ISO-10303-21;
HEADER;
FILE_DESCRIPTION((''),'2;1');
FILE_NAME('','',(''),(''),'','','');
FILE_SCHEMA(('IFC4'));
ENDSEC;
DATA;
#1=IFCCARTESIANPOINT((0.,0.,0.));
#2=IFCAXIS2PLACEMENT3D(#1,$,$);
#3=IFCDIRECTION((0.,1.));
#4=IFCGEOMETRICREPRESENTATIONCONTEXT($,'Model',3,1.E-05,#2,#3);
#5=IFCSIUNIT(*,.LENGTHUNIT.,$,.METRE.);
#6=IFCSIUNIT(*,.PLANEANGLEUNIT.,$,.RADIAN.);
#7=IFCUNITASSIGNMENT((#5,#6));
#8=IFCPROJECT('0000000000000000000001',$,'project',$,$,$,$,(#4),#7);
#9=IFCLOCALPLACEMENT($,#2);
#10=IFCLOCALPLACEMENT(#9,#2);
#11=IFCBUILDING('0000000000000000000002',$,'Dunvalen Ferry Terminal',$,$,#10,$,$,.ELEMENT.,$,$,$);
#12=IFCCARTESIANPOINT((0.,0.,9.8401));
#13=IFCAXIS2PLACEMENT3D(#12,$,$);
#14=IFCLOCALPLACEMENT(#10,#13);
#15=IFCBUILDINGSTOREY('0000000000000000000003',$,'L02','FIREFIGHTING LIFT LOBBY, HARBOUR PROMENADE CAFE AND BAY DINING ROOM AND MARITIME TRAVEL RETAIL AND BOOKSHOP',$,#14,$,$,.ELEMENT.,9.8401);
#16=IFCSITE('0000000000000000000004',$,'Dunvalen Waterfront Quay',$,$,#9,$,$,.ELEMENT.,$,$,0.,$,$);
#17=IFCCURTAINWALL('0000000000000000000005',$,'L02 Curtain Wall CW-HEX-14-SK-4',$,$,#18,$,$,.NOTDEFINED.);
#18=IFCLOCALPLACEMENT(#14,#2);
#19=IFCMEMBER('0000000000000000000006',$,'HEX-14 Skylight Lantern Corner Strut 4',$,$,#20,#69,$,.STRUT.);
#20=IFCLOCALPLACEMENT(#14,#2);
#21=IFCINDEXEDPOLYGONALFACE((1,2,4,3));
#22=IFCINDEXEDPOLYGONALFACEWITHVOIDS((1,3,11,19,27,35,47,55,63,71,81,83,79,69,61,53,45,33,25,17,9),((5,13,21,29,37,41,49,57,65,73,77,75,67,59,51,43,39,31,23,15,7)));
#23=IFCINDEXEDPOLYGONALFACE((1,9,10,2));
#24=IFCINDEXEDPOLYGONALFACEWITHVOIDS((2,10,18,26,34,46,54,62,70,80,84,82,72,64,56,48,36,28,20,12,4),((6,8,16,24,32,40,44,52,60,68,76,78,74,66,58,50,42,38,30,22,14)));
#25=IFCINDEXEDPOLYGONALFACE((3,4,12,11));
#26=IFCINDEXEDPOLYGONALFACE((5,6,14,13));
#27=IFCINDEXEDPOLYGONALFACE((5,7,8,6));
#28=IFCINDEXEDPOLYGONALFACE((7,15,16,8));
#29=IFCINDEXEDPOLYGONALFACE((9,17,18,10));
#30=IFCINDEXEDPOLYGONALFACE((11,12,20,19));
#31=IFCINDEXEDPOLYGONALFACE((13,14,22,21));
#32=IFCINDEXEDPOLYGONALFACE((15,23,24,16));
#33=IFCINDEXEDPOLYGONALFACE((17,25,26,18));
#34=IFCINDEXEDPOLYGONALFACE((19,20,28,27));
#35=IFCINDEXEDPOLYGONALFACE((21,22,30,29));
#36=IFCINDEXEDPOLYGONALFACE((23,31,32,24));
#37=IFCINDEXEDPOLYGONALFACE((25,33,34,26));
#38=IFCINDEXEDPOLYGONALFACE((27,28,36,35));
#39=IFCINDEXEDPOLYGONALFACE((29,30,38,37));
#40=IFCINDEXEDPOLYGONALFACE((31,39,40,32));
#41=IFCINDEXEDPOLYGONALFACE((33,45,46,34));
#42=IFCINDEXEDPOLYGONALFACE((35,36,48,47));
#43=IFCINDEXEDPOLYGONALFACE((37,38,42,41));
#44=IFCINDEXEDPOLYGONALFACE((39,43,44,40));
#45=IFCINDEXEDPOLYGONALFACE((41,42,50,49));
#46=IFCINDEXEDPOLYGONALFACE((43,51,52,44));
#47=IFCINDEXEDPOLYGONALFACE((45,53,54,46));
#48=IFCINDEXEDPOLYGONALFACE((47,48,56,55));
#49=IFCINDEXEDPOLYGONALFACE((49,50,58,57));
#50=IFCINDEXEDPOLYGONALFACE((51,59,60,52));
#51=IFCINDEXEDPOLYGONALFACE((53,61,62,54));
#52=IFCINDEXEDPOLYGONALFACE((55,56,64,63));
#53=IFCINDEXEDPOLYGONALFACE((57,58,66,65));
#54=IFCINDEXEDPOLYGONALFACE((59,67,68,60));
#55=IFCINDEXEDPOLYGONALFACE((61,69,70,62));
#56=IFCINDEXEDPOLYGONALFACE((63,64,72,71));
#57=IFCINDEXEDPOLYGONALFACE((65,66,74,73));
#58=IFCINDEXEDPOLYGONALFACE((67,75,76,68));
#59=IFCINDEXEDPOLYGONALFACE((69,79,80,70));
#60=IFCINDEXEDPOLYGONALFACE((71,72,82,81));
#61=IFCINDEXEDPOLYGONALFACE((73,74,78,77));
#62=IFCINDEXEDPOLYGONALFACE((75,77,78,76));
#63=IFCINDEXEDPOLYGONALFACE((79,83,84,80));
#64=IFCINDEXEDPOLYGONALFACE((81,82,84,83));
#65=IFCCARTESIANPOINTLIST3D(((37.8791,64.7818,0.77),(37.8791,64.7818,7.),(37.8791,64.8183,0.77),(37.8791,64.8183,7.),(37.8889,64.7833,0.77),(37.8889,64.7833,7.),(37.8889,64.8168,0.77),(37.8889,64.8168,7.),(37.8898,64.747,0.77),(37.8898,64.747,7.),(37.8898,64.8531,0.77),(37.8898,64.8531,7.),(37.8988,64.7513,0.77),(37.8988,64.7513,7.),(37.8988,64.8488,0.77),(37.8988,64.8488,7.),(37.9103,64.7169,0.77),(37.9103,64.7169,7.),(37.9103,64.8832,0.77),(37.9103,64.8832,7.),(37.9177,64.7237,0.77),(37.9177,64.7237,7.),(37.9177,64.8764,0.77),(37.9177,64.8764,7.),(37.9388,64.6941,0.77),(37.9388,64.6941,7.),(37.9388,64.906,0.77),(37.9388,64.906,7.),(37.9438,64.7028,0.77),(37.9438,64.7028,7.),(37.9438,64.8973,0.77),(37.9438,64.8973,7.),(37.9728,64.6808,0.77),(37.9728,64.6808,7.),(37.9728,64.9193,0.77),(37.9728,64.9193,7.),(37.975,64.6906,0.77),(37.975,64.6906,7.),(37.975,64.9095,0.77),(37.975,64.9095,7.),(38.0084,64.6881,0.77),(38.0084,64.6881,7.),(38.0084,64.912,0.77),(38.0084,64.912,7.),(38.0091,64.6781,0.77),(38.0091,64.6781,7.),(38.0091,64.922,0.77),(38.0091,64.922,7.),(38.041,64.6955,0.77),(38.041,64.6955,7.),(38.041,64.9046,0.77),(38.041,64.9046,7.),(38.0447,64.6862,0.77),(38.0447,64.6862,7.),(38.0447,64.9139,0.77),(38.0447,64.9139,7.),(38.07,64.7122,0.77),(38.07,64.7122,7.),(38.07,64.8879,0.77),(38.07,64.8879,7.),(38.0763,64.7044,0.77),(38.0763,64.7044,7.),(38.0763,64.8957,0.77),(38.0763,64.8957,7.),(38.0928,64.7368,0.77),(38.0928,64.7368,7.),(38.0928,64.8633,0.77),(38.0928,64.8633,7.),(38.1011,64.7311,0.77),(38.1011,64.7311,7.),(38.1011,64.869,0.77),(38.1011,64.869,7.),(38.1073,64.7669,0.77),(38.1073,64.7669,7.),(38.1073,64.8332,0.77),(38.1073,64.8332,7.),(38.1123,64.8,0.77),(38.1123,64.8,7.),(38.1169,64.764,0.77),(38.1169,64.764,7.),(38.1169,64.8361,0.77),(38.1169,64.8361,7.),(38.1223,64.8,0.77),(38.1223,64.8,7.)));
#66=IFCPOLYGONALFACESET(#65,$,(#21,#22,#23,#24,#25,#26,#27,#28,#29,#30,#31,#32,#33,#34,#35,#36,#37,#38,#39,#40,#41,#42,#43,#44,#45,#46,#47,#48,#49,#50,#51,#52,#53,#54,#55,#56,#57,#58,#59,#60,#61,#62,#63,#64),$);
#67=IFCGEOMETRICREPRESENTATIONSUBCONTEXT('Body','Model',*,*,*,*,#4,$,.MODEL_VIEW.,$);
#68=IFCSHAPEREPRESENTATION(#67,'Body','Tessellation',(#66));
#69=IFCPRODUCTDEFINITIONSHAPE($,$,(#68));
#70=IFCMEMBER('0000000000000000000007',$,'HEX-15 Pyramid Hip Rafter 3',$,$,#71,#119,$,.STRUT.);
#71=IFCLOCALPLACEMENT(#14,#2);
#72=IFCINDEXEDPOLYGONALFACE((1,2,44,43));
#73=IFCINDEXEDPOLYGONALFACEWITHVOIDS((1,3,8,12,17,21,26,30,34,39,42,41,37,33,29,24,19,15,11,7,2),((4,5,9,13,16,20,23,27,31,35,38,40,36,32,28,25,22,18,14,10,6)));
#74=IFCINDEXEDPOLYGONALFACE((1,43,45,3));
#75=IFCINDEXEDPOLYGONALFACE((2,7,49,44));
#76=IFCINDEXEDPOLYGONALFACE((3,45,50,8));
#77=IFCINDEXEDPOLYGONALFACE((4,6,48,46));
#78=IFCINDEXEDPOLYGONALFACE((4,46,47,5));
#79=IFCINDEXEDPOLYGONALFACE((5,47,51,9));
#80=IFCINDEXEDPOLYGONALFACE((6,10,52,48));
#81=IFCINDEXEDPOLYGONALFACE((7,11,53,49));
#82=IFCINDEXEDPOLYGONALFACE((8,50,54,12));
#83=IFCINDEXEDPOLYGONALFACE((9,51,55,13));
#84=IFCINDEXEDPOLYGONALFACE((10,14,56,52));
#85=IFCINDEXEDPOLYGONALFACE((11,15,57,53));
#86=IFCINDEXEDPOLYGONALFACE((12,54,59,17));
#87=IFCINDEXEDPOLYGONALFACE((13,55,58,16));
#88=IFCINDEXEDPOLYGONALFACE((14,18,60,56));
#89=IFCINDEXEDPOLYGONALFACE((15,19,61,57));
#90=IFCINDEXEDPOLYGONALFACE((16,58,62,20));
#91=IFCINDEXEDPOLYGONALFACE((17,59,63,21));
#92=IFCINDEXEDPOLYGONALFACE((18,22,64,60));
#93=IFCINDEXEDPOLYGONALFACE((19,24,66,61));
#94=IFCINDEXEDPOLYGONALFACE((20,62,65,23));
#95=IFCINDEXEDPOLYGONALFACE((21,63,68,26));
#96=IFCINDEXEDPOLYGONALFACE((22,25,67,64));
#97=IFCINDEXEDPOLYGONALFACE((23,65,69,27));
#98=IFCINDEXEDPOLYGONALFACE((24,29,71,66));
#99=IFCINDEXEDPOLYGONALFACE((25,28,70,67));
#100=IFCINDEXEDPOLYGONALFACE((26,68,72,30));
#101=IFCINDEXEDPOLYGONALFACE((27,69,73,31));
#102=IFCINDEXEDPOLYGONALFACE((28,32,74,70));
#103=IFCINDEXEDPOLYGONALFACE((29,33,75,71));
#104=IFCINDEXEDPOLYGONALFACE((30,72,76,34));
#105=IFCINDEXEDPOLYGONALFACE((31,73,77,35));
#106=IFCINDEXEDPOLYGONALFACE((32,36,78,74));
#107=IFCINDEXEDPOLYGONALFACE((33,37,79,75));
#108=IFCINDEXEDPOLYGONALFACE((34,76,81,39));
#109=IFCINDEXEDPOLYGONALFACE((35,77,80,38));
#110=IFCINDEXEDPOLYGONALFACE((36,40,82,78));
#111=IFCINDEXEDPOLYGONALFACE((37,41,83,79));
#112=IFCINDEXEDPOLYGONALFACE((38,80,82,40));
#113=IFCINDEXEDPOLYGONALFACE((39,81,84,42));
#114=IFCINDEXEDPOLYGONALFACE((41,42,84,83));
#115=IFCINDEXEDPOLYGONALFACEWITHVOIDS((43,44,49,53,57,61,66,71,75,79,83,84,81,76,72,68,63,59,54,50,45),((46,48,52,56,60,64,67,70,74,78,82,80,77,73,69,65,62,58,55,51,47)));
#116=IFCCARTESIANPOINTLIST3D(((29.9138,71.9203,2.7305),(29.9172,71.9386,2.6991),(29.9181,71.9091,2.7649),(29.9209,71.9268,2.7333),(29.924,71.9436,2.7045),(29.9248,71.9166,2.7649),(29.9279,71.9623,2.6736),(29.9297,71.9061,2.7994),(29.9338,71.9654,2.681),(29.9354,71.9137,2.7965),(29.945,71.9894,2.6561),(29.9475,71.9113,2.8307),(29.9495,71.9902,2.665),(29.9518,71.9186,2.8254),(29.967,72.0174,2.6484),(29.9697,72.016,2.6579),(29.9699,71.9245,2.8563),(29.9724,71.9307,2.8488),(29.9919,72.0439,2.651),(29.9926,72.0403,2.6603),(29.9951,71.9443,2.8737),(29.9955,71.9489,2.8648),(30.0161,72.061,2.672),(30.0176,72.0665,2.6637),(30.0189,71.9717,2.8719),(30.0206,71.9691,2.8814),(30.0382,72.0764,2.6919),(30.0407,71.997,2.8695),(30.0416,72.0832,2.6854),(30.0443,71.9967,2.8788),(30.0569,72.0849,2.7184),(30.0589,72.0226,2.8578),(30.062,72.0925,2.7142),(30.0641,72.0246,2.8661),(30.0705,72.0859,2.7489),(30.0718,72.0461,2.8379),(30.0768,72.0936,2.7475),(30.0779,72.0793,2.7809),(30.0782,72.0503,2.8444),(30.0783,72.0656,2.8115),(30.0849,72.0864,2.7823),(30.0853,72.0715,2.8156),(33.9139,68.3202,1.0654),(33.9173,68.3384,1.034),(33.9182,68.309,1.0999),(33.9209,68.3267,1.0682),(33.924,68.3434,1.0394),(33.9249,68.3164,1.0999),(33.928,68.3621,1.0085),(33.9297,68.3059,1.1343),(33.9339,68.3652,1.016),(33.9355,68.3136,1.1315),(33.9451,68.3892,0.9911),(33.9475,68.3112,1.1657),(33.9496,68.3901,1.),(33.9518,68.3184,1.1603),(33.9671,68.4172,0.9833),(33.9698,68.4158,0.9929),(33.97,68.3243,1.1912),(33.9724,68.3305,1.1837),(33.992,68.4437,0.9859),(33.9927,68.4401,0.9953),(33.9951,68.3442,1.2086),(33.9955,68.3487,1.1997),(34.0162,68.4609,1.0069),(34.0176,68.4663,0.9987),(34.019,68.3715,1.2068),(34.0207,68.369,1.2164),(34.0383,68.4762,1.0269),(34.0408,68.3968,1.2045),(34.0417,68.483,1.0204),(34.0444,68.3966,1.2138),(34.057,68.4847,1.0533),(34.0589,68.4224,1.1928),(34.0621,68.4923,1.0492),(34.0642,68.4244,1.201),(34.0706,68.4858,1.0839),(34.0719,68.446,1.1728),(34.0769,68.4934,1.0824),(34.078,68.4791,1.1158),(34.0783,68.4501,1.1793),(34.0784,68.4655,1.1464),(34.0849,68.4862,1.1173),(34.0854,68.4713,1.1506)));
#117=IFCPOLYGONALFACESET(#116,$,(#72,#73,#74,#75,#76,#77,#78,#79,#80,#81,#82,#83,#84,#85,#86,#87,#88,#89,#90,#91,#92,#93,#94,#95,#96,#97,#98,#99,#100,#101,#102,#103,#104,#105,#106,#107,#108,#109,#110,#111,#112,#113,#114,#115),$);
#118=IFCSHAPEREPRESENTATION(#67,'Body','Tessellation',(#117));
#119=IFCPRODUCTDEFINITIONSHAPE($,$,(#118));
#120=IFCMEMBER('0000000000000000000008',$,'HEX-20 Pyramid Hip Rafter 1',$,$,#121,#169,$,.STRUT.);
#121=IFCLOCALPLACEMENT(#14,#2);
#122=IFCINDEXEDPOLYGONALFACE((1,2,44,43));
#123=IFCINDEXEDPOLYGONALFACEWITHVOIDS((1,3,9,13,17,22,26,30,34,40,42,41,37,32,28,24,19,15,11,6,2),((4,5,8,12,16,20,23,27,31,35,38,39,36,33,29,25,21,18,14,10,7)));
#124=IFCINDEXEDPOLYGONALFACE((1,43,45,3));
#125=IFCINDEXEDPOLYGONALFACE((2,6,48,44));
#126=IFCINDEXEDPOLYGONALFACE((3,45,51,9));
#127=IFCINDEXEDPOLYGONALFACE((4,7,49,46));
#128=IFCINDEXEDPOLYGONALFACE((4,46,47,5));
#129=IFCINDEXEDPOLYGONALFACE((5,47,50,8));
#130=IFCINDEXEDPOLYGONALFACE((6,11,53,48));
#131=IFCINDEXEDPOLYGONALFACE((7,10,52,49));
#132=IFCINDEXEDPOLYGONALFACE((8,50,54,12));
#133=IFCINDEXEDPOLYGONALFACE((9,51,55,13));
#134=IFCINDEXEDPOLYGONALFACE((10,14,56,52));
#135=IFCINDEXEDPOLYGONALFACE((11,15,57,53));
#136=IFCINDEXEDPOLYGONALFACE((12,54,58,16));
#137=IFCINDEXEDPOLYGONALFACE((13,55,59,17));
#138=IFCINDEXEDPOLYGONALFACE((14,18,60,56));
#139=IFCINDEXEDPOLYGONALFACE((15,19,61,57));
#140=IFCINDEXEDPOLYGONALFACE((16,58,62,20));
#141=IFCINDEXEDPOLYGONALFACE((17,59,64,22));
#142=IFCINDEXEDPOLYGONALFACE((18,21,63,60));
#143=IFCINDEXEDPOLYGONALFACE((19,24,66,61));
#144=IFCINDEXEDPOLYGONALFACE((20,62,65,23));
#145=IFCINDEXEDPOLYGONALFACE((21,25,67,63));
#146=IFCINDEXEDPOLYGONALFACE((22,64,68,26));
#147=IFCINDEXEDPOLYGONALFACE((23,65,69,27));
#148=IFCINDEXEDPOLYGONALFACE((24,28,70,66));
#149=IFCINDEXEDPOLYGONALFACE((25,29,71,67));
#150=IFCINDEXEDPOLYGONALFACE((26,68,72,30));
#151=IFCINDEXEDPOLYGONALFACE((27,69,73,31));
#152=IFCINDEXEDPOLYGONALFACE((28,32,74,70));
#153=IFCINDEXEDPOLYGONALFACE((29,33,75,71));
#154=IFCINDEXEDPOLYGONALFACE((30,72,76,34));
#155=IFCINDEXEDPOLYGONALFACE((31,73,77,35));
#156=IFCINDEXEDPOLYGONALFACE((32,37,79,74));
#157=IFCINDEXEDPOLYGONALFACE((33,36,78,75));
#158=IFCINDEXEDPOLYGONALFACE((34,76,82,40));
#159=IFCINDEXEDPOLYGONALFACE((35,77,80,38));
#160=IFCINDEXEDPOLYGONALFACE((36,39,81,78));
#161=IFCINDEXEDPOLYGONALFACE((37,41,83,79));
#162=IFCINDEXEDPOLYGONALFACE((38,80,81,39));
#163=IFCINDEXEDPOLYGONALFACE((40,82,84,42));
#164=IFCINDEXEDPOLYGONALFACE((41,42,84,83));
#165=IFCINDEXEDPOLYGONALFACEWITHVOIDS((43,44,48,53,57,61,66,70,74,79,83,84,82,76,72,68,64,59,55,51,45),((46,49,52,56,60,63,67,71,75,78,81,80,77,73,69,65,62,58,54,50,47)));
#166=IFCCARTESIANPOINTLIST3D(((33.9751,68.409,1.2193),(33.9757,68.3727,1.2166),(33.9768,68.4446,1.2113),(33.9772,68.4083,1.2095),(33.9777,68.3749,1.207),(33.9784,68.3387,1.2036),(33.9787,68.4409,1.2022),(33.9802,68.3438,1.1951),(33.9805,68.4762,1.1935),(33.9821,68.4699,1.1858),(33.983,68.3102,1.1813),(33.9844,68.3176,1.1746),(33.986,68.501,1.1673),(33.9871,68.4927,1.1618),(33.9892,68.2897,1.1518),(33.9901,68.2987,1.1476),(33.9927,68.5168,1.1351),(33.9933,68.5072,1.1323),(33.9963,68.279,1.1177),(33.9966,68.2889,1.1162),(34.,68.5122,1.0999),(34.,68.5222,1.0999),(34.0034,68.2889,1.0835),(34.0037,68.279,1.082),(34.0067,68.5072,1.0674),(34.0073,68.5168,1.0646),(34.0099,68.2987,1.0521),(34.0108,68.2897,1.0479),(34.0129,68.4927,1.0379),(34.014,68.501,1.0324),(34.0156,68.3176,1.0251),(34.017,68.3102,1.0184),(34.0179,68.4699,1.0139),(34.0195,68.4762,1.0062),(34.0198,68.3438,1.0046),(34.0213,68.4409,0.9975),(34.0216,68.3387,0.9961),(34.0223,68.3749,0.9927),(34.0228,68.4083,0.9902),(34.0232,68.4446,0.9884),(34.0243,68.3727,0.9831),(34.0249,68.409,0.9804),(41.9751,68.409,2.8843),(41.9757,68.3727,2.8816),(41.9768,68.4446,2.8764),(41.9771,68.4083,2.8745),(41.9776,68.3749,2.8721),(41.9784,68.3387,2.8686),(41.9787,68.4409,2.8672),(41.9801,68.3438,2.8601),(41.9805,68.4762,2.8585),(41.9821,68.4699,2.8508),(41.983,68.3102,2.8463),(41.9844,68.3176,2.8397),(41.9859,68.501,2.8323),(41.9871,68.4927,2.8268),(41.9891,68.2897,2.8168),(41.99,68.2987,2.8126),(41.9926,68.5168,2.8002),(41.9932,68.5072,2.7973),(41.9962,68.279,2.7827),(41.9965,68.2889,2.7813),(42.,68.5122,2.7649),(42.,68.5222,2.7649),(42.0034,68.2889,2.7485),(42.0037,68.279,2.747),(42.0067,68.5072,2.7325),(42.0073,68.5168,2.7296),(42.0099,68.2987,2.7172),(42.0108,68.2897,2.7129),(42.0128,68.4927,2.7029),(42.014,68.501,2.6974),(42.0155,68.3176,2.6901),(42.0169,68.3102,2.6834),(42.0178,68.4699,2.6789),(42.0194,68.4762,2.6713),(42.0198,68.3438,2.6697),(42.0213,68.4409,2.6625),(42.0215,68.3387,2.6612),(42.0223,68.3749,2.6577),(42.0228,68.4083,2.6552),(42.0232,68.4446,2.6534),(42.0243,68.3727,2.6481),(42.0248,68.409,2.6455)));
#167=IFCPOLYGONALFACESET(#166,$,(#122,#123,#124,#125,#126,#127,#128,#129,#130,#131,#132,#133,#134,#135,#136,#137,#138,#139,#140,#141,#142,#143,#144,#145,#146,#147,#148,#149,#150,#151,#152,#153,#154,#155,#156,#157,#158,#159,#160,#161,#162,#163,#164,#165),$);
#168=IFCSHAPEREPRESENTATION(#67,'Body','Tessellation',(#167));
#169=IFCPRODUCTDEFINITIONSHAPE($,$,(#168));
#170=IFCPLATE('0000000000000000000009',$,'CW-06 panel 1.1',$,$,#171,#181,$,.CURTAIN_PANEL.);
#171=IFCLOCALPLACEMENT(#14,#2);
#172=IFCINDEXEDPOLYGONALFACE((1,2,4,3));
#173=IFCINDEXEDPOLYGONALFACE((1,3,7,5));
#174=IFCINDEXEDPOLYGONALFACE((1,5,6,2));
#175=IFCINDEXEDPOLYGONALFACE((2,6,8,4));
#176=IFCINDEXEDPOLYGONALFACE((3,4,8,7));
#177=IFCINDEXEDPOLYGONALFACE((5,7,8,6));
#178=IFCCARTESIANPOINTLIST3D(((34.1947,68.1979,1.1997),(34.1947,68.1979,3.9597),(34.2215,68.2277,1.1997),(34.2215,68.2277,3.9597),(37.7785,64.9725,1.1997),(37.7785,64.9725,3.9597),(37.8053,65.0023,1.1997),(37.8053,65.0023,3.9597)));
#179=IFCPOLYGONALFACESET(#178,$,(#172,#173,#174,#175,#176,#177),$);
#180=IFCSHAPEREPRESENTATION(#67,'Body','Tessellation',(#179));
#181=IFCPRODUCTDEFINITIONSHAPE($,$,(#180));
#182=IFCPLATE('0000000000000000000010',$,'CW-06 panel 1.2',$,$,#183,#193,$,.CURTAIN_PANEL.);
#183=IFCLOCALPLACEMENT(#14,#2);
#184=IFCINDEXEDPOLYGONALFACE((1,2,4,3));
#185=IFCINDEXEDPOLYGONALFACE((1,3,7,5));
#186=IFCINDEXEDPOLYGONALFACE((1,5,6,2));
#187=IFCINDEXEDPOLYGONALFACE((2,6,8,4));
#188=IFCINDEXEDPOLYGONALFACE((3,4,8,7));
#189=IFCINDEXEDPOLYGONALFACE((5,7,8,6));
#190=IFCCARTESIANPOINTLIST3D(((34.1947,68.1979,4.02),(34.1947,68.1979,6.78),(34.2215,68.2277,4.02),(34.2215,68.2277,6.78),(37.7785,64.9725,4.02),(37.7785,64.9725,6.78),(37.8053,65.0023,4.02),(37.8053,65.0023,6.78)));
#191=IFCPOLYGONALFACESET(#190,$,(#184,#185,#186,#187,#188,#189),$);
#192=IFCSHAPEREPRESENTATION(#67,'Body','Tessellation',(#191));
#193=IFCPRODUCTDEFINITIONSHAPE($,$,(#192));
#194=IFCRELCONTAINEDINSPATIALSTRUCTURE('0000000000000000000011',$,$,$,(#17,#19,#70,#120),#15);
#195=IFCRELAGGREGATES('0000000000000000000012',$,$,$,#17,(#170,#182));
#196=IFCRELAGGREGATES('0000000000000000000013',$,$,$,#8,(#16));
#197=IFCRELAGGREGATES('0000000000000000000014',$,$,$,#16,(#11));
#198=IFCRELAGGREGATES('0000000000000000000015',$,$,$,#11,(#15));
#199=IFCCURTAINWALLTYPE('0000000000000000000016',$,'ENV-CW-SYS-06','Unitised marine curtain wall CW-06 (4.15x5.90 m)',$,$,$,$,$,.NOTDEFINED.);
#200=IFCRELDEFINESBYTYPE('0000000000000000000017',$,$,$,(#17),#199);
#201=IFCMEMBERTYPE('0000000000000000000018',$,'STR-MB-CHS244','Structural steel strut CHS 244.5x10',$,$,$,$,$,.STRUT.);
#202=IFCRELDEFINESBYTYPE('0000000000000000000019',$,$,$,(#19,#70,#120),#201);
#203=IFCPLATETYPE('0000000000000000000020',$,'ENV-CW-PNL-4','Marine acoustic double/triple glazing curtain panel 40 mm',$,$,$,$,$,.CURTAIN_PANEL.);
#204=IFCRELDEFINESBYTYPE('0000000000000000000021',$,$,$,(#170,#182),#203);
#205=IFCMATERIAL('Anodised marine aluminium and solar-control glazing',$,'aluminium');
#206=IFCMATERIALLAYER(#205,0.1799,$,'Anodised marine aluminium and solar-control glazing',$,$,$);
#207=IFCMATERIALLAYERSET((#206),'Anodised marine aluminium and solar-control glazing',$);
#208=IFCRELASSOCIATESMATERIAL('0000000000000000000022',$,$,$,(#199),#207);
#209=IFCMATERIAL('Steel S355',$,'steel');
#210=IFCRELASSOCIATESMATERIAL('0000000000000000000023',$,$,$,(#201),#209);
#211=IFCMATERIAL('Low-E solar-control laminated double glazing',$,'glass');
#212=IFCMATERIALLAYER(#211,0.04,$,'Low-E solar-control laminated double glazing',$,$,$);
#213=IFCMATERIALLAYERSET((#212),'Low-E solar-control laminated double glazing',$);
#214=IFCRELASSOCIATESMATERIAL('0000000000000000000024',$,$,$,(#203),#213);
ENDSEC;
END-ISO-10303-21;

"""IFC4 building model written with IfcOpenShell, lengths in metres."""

from ifc_helpers import new_model, si_unit, direction, frame, origin, origin_2d, place, context, subcontext, project, spatial, rectangle, hollow_circle, extrude, material, layer, layer_set, material_profile, profile_set, type_object, element, aggregate, save


model = new_model("IFC4")

# Units and contexts
model_context = context("Model", 3, precision=1e-05, world=origin(), true_north=direction((0.0, 1.0)))
body_context = subcontext(model_context, "Body", "Model", "MODEL_VIEW")
ifc_project = project(units=[si_unit("LENGTHUNIT", "METRE"), si_unit("PLANEANGLEUNIT", "RADIAN")], contexts=[model_context])

# Site, building, storey
site_placement = place(None, origin())
site = spatial("IfcSite", under=ifc_project, at=site_placement, Name="Dunvalen Waterfront Quay", CompositionType="ELEMENT", RefElevation=0.0)
building_placement = place(site_placement, origin())
building = spatial("IfcBuilding", under=site, at=building_placement, Name="Dunvalen Ferry Terminal", CompositionType="ELEMENT")
storey_placement = place(building_placement, frame((0.0, 0.0, 9.8401)))
storey = spatial("IfcBuildingStorey", under=building, at=storey_placement, Name="L02", Description="FIREFIGHTING LIFT LOBBY, HARBOUR PROMENADE CAFE AND BAY DINING ROOM AND MARITIME TRAVEL RETAIL AND BOOKSHOP", CompositionType="ELEMENT", Elevation=9.8401)

# Shared definitions
ifc_material_1 = material(Name="Anodised marine aluminium and solar-control glazing", Category="aluminium")

# Curtain wall
ifc_layer_1 = layer(ifc_material_1, 0.1799, Name="Anodised marine aluminium and solar-control glazing")
ifc_layer_set_1 = layer_set([ifc_layer_1], Name="Anodised marine aluminium and solar-control glazing")
curtain_wall_type_1 = type_object("IfcCurtainWallType", Name="ENV-CW-SYS-06", Description="Unitised marine curtain wall CW-06 (4.15x5.90 m)", PredefinedType="NOTDEFINED", material=ifc_layer_set_1)
curtain_wall_1_placement = place(storey_placement, origin())
curtain_wall_1 = element("IfcCurtainWall", 1, at=curtain_wall_1_placement, inside=storey, type_object=curtain_wall_type_1, Name="L02 Curtain Wall CW-HEX-14-SK-4", PredefinedType="NOTDEFINED")

# Shared definitions
ifc_material_2 = material(Name="Steel S355", Category="steel")

# Members
ifc_material_profile_1 = material_profile(ifc_material_2, hollow_circle(Radius=0.1223, WallThickness=0.01, at=origin_2d()), Name="Steel S355")
ifc_profile_set_1 = profile_set([ifc_material_profile_1], Name="Steel S355")
member_type_1 = type_object("IfcMemberType", Name="STR-MB-CHS244", Description="Structural steel strut CHS 244.5x10", PredefinedType="STRUT", material=ifc_profile_set_1)
member_1_placement = place(storey_placement, frame((38.0, 64.8, 0.77), z_axis=(0.0, 0.0, 1.0), x_axis=(1.0, 0.0, 0.0)))
element("IfcMember", 2, at=member_1_placement, inside=storey, type_object=member_type_1, Name="HEX-14 Skylight Lantern Corner Strut 4", PredefinedType="STRUT", context=body_context, shape_type="SweptSolid", body=[
    extrude(hollow_circle(Radius=0.1223, WallThickness=0.01, at=origin_2d()), origin(), (0.0, 0.0, 1.0), 6.23),
])
member_2_placement = place(storey_placement, frame((34.0, 68.3999, 1.0999), z_axis=(-0.710075, 0.639085, 0.295576), x_axis=(-0.668975, -0.743285, 0.0)))
element("IfcMember", 3, at=member_2_placement, inside=storey, type_object=member_type_1, Name="HEX-15 Pyramid Hip Rafter 3", PredefinedType="STRUT", context=body_context, shape_type="SweptSolid", body=[
    extrude(hollow_circle(Radius=0.1223, WallThickness=0.01, at=origin_2d()), origin(), (0.0, 0.0, 1.0), 5.6333),
])
member_3_placement = place(storey_placement, frame((34.0, 68.3999, 1.0999), z_axis=(0.97902, 0.0, 0.203763), x_axis=(0.0, 1.0, 0.0)))
element("IfcMember", 4, at=member_3_placement, inside=storey, type_object=member_type_1, Name="HEX-20 Pyramid Hip Rafter 1", PredefinedType="STRUT", context=body_context, shape_type="SweptSolid", body=[
    extrude(hollow_circle(Radius=0.1223, WallThickness=0.01, at=origin_2d()), origin(), (0.0, 0.0, 1.0), 8.1714),
])

# Plates
ifc_material_3 = material(Name="Low-E solar-control laminated double glazing", Category="glass")
ifc_layer_2 = layer(ifc_material_3, 0.04, Name="Low-E solar-control laminated double glazing")
ifc_layer_set_2 = layer_set([ifc_layer_2], Name="Low-E solar-control laminated double glazing")
plate_type_1 = type_object("IfcPlateType", Name="ENV-CW-PNL-4", Description="Marine acoustic double/triple glazing curtain panel 40 mm", PredefinedType="CURTAIN_PANEL", material=ifc_layer_set_2)
plate_1_placement = place(storey_placement, frame((36.0, 66.6001, 1.1997), z_axis=(0.0, 0.0, 1.0), x_axis=(-0.743304, 0.668954, 0.0)))
plate_1 = element("IfcPlate", 5, at=plate_1_placement, type_object=plate_type_1, Name="CW-06 panel 1.1", PredefinedType="CURTAIN_PANEL", context=body_context, shape_type="SweptSolid", body=[
    extrude(rectangle(XDim=4.8215, YDim=0.04, at=origin_2d()), origin(), (0.0, 0.0, 1.0), 2.76),
])
plate_2_placement = place(storey_placement, frame((36.0, 66.6001, 4.02), z_axis=(0.0, 0.0, 1.0), x_axis=(-0.743304, 0.668954, 0.0)))
plate_2 = element("IfcPlate", 6, at=plate_2_placement, type_object=plate_type_1, Name="CW-06 panel 1.2", PredefinedType="CURTAIN_PANEL", context=body_context, shape_type="SweptSolid", body=[
    extrude(rectangle(XDim=4.8215, YDim=0.04, at=origin_2d()), origin(), (0.0, 0.0, 1.0), 2.76),
])
aggregate(curtain_wall_1, [plate_1, plate_2])

save(model, "model.ifc")
